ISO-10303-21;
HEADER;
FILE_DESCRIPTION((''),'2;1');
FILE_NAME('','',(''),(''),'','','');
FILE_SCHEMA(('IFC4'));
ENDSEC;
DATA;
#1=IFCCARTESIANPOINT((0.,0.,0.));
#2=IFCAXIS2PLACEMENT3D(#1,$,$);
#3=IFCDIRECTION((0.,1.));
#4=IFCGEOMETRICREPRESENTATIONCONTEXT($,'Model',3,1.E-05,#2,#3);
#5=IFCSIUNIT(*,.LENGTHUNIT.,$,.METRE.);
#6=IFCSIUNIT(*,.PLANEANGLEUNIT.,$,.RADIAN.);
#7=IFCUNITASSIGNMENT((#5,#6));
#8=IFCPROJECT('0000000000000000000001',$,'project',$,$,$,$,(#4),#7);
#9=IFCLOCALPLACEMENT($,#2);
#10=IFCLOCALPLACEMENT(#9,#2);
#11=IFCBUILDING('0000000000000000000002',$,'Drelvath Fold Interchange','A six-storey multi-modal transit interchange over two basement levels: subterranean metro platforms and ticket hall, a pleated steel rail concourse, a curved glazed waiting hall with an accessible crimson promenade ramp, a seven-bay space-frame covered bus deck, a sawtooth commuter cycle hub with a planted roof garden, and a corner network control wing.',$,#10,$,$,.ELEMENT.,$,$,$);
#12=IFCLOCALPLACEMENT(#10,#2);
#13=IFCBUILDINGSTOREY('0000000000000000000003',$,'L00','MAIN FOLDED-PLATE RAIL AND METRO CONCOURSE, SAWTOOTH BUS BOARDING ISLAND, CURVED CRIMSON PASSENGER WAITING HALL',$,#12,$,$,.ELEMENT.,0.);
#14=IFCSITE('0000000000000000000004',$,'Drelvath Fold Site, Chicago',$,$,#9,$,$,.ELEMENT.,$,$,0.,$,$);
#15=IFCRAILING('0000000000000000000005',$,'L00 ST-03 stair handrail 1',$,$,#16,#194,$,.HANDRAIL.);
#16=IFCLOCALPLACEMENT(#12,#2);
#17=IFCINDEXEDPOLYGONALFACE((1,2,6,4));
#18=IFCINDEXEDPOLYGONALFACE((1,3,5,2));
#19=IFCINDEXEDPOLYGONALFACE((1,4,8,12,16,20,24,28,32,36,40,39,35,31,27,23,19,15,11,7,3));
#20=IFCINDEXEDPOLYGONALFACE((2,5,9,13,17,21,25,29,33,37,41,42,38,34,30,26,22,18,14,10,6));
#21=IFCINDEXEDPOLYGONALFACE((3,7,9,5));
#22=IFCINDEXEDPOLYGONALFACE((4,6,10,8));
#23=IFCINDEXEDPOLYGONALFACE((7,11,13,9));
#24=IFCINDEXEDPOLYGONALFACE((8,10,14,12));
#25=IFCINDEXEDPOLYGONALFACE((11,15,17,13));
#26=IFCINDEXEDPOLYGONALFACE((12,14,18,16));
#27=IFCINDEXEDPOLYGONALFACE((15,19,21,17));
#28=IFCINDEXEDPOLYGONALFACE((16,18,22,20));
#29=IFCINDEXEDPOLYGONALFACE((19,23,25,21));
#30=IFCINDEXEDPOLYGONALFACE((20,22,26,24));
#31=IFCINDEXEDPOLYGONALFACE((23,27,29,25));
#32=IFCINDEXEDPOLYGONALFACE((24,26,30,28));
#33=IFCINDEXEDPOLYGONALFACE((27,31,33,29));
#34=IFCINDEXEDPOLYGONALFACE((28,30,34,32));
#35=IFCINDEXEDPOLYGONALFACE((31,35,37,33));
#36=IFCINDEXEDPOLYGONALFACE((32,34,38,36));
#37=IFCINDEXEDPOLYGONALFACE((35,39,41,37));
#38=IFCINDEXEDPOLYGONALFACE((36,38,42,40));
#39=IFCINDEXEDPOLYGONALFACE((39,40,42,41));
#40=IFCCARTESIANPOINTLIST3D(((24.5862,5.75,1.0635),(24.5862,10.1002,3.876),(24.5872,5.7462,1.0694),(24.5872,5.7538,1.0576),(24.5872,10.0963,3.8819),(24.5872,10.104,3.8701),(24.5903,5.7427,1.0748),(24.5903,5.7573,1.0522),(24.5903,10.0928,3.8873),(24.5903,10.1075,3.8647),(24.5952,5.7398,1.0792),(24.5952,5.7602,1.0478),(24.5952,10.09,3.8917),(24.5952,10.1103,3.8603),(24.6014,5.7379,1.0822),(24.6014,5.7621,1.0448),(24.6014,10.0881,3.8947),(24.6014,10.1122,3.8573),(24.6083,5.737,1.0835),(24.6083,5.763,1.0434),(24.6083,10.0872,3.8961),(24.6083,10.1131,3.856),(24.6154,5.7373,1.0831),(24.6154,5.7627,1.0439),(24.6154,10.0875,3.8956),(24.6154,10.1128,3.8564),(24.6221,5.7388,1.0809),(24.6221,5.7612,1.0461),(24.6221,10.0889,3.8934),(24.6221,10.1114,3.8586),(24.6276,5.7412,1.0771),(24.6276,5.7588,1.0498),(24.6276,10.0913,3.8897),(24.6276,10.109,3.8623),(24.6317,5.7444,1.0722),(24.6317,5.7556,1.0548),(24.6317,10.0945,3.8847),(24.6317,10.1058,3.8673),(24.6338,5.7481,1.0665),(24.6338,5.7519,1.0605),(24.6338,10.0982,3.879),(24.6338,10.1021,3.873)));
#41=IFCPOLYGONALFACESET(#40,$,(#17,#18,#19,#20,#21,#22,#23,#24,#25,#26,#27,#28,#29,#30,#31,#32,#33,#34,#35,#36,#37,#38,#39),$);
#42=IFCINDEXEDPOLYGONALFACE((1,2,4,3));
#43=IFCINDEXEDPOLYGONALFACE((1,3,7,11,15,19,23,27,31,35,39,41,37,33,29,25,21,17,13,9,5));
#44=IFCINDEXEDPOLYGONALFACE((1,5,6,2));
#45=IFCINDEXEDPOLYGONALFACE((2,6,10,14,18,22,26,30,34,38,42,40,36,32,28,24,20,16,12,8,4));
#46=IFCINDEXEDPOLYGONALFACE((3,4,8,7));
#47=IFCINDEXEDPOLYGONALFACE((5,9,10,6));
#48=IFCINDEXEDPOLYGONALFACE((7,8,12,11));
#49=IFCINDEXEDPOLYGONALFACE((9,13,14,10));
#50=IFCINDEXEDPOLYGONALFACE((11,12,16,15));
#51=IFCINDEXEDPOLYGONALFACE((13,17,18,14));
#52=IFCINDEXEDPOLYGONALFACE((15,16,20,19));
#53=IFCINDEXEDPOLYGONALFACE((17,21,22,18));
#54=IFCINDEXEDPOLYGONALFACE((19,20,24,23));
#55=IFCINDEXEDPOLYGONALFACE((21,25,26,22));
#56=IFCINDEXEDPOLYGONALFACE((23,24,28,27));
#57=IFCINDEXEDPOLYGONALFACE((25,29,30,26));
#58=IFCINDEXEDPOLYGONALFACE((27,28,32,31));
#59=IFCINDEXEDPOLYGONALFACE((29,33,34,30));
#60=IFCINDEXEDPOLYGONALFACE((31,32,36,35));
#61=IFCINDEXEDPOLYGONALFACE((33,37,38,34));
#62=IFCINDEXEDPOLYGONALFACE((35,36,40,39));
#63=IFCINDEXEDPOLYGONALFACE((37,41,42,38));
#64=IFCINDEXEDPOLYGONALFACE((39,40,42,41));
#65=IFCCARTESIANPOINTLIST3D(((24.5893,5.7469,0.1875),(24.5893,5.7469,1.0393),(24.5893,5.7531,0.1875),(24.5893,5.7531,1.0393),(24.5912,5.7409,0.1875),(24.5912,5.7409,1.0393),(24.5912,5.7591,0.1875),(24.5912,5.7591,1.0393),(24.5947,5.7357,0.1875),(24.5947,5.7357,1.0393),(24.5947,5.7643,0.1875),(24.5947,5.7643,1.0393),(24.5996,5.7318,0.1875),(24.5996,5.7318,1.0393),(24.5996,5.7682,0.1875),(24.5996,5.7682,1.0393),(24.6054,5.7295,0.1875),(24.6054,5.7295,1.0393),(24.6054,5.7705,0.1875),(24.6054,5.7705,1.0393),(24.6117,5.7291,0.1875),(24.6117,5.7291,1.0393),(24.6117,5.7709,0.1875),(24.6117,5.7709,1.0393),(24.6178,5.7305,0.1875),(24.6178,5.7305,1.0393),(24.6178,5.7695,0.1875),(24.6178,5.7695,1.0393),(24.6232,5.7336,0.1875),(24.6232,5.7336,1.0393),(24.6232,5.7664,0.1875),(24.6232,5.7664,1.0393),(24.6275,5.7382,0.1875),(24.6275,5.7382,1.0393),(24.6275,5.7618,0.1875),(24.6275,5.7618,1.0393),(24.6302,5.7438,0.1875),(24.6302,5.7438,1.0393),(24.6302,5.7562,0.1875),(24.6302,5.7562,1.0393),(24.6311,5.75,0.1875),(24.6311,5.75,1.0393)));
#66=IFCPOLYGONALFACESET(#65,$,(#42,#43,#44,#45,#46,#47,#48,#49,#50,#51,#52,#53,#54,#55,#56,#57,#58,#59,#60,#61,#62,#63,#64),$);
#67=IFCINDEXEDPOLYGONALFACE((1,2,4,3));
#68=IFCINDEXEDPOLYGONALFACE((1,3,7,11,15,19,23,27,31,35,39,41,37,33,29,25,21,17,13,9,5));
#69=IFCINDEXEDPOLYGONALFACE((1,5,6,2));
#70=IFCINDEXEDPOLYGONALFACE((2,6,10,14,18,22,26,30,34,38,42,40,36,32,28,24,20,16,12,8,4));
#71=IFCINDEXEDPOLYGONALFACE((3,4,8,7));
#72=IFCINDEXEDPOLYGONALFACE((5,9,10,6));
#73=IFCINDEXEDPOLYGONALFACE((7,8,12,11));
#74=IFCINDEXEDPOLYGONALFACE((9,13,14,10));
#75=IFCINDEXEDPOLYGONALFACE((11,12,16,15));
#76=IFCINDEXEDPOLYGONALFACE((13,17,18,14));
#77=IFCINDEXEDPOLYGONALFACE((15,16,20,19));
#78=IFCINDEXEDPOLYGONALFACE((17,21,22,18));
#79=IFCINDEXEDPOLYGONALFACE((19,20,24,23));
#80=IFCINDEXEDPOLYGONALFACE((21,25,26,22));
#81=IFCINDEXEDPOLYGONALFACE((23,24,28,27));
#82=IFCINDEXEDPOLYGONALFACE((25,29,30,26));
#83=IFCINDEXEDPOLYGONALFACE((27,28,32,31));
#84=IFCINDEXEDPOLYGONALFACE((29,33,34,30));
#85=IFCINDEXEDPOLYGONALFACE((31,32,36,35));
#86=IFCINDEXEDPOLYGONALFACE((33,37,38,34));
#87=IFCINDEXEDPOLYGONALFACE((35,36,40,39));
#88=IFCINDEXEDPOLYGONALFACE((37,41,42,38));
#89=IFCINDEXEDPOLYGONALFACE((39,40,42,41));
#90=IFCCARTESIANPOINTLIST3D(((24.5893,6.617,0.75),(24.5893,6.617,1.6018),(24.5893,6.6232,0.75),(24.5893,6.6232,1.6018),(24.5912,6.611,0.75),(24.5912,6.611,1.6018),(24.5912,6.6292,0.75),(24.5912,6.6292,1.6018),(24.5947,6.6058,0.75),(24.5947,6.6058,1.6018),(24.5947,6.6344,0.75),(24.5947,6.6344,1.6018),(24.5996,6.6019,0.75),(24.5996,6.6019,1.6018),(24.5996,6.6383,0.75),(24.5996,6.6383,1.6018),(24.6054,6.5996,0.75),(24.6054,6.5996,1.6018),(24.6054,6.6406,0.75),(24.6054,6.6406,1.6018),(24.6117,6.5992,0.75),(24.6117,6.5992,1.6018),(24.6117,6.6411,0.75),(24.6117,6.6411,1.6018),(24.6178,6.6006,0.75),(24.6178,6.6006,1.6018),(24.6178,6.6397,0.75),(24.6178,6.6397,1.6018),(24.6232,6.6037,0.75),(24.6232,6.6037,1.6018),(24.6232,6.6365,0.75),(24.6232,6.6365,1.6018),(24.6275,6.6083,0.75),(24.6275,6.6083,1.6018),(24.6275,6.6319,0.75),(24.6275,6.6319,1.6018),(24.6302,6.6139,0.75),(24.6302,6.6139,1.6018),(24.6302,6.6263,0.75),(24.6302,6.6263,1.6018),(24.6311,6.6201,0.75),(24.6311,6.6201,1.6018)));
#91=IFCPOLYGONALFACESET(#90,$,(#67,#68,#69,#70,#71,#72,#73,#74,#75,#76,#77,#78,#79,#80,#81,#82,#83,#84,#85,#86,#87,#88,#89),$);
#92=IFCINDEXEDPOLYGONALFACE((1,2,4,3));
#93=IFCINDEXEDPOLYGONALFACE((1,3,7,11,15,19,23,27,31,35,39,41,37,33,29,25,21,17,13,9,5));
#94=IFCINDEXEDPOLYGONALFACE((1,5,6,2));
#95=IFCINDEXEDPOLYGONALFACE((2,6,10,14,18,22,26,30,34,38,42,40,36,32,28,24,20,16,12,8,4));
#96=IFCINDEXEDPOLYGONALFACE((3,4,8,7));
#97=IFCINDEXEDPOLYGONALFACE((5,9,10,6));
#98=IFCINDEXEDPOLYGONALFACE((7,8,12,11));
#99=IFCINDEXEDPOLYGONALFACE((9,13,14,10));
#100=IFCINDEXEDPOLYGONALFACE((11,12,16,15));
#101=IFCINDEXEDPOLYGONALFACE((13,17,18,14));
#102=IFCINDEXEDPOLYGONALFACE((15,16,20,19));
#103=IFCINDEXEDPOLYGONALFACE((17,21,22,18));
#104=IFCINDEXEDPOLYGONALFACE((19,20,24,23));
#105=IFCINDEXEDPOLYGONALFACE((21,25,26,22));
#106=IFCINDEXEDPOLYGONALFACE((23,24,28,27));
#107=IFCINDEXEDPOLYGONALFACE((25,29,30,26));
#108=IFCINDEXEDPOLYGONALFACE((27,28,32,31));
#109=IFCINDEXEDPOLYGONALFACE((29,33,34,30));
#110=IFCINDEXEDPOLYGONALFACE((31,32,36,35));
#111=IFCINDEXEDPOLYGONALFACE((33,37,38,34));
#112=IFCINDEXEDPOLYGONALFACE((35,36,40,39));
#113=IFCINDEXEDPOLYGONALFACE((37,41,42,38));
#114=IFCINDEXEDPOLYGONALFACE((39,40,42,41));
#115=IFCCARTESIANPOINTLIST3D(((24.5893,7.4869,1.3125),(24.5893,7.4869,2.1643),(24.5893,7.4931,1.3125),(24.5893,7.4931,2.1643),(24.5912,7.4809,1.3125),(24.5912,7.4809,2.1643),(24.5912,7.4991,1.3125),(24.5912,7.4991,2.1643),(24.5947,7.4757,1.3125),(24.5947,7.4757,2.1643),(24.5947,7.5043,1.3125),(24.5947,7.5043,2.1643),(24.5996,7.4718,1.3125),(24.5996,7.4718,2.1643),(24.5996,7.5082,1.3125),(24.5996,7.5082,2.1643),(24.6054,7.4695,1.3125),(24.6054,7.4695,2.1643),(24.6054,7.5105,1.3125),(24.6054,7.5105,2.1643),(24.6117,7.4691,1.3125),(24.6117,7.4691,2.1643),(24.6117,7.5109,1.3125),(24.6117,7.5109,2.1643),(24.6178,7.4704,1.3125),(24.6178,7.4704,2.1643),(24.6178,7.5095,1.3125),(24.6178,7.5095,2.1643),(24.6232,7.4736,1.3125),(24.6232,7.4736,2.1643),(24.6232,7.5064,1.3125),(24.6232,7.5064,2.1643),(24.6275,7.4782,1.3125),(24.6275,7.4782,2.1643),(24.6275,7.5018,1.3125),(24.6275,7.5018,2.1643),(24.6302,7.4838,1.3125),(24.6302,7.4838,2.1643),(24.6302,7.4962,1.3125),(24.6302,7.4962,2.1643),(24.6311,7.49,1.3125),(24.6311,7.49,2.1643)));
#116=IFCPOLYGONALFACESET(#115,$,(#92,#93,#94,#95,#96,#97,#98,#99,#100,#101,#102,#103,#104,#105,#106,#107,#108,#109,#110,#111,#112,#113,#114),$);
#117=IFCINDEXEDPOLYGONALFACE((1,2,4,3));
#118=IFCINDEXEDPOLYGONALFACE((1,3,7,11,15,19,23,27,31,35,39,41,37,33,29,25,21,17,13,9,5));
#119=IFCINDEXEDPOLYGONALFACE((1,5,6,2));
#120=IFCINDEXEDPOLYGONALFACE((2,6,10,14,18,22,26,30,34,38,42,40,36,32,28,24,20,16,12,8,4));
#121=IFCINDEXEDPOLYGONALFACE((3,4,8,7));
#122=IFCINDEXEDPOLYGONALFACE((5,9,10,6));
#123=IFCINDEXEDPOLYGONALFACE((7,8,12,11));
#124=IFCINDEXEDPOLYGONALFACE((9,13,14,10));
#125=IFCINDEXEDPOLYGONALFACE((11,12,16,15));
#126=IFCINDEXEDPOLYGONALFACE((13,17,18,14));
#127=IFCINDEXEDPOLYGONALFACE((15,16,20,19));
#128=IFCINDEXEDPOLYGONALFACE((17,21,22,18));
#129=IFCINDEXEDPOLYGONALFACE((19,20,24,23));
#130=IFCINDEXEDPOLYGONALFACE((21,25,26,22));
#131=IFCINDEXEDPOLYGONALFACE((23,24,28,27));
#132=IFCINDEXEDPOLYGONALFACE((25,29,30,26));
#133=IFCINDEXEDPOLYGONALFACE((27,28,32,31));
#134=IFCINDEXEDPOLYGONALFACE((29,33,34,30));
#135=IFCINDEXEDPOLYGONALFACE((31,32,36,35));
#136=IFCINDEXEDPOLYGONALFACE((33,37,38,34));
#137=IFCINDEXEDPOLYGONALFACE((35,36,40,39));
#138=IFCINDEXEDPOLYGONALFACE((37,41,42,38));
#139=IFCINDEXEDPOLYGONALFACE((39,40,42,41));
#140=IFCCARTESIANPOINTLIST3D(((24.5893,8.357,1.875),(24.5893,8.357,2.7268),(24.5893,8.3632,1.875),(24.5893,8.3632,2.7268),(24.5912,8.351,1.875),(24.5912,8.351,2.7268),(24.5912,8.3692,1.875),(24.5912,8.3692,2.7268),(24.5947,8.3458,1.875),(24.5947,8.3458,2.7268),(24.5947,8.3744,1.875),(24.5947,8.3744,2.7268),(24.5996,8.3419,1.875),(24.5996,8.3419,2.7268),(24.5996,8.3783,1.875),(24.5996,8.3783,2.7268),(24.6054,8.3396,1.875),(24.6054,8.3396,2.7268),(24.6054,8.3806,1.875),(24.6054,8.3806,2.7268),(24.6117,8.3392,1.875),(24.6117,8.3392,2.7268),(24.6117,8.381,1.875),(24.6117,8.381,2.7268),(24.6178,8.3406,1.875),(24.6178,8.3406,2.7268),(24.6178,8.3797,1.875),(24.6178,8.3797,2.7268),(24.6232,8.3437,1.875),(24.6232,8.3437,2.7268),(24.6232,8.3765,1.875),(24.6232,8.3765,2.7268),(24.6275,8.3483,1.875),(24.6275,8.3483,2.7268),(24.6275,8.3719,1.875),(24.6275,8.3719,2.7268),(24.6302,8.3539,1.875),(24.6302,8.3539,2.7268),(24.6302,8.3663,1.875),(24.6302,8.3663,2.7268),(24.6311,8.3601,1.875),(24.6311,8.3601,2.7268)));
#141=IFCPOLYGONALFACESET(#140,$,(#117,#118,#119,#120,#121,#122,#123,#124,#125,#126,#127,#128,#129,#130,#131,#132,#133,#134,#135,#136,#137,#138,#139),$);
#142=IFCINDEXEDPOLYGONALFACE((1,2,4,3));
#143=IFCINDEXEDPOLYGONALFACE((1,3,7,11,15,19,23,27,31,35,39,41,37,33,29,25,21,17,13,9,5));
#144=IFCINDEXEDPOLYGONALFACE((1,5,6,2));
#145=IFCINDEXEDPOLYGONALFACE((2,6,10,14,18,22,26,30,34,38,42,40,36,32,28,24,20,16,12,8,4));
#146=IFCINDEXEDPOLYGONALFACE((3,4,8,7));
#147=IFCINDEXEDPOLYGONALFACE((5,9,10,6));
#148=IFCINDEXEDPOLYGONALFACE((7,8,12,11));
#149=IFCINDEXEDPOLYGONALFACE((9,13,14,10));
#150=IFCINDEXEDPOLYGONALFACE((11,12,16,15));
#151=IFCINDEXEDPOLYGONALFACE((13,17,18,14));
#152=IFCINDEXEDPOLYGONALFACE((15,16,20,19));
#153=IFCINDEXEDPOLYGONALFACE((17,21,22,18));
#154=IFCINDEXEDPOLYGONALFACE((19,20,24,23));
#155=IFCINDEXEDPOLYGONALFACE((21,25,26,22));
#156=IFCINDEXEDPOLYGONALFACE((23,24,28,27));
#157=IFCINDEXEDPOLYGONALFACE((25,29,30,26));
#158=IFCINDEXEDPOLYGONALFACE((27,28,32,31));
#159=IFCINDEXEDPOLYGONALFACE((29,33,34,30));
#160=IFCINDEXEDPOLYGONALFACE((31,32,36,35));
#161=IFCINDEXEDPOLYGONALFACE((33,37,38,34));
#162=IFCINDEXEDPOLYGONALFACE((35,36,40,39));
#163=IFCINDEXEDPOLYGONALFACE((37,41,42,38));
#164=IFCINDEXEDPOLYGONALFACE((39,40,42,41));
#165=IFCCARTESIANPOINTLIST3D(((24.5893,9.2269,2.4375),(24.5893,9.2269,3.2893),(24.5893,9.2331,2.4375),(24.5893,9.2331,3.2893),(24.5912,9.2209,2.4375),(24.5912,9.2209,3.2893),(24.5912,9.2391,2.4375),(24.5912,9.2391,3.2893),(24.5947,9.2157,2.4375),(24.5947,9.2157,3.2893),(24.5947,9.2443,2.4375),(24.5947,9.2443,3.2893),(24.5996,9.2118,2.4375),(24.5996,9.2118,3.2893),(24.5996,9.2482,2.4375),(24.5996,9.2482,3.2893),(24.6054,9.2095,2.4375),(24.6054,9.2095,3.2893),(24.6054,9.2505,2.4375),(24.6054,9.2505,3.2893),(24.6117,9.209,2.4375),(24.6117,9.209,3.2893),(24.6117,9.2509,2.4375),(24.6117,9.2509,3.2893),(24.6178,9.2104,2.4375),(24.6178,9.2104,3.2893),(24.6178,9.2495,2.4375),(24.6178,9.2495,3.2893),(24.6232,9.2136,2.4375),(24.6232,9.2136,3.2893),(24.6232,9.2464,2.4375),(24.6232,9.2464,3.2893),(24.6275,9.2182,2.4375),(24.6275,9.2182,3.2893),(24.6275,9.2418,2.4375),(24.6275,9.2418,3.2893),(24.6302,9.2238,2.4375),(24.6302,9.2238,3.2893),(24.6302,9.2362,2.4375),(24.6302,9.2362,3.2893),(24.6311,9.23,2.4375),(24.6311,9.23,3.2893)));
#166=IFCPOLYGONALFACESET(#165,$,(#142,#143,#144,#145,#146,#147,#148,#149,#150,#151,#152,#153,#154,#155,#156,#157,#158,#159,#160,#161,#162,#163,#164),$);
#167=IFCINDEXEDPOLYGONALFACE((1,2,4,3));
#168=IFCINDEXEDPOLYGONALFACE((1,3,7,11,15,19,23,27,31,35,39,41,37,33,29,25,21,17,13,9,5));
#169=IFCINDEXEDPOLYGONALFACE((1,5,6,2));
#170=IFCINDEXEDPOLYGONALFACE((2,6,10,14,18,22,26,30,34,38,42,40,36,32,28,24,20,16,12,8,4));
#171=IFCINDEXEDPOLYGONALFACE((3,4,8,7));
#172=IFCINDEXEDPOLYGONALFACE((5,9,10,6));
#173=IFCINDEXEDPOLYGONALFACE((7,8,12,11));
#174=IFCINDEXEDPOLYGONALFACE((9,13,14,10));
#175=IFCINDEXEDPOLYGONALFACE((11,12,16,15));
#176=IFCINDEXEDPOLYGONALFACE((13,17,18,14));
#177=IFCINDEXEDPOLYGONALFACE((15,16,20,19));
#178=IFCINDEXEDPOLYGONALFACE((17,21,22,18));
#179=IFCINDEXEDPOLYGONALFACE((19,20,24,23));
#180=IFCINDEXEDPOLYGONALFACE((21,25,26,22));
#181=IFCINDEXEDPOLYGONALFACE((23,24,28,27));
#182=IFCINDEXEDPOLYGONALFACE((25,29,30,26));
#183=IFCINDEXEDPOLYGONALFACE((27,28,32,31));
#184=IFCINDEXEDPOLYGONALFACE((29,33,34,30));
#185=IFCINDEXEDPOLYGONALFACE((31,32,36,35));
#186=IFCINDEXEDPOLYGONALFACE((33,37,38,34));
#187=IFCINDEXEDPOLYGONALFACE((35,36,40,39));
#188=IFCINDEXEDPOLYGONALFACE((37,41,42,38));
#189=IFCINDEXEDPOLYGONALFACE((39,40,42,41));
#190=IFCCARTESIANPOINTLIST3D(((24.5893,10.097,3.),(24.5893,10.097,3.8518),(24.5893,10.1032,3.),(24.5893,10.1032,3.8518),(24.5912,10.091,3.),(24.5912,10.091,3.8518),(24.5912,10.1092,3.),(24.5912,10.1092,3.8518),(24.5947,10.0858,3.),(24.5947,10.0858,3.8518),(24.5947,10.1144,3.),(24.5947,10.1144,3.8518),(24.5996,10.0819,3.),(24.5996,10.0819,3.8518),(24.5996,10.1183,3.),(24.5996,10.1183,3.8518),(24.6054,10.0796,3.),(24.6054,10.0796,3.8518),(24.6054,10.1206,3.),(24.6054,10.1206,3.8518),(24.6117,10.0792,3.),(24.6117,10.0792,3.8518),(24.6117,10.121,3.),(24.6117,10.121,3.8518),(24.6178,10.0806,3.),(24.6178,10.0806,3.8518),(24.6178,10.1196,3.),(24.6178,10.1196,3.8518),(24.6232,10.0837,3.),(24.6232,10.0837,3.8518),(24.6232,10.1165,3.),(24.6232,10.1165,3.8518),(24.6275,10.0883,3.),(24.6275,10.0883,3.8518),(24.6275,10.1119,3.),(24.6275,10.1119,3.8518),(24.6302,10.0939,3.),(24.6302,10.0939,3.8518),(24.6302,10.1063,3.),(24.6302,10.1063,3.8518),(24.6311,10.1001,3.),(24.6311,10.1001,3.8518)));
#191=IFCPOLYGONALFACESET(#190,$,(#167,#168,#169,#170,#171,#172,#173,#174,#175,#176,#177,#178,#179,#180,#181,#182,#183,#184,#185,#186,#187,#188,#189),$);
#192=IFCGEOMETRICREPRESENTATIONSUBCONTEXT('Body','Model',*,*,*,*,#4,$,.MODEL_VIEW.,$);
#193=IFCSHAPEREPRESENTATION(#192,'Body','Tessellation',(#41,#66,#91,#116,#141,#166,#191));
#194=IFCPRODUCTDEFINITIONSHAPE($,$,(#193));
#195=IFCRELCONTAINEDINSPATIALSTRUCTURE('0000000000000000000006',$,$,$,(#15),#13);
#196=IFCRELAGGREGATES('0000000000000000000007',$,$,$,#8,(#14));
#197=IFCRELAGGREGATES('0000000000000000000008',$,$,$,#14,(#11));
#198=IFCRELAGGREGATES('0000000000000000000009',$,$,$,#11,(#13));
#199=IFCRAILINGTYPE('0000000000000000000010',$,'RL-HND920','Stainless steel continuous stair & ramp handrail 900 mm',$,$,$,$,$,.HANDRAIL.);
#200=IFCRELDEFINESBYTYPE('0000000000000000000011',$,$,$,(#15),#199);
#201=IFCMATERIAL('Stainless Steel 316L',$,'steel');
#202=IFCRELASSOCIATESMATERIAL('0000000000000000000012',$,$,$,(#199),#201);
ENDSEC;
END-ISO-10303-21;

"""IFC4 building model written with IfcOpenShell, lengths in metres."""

from ifc_helpers import new_model, si_unit, direction, frame, origin, origin_2d, place, context, subcontext, project, spatial, circle, extrude, material, type_object, element, save


model = new_model("IFC4")

# Units and contexts
model_context = context("Model", 3, precision=1e-05, world=origin(), true_north=direction((0.0, 1.0)))
body_context = subcontext(model_context, "Body", "Model", "MODEL_VIEW")
ifc_project = project(units=[si_unit("LENGTHUNIT", "METRE"), si_unit("PLANEANGLEUNIT", "RADIAN")], contexts=[model_context])

# Site, building, storey
site_placement = place(None, origin())
site = spatial("IfcSite", under=ifc_project, at=site_placement, Name="Drelvath Fold Site, Chicago", CompositionType="ELEMENT", RefElevation=0.0)
building_placement = place(site_placement, origin())
building = spatial("IfcBuilding", under=site, at=building_placement, Name="Drelvath Fold Interchange", Description="A six-storey multi-modal transit interchange over two basement levels: subterranean metro platforms and ticket hall, a pleated steel rail concourse, a curved glazed waiting hall with an accessible crimson promenade ramp, a seven-bay space-frame covered bus deck, a sawtooth commuter cycle hub with a planted roof garden, and a corner network control wing.", CompositionType="ELEMENT")
storey_placement = place(building_placement, origin())
storey = spatial("IfcBuildingStorey", under=building, at=storey_placement, Name="L00", Description="MAIN FOLDED-PLATE RAIL AND METRO CONCOURSE, SAWTOOTH BUS BOARDING ISLAND, CURVED CRIMSON PASSENGER WAITING HALL", CompositionType="ELEMENT", Elevation=0.0)

# Railing
ifc_material_1 = material(Name="Stainless Steel 316L", Category="steel")
railing_type_1 = type_object("IfcRailingType", Name="RL-HND920", Description="Stainless steel continuous stair & ramp handrail 900 mm", PredefinedType="HANDRAIL", material=ifc_material_1)
railing_1_placement = place(storey_placement, frame((24.6101, 5.75, 0.1875)))
element("IfcRailing", 1, at=railing_1_placement, inside=storey, type_object=railing_type_1, Name="L00 ST-03 stair handrail 1", PredefinedType="HANDRAIL", context=body_context, shape_type="SweptSolid", body=[
    extrude(circle(Radius=0.0239, at=origin_2d()), frame((0.0, 0.0, 0.876), z_axis=(0.0, 0.83977, 0.542942), x_axis=(-1.0, 0.0, 0.0)), (0.0, 0.0, 1.0), 5.1802),
    extrude(circle(Radius=0.021, at=origin_2d()), origin(), (0.0, 0.0, 1.0), 0.8518),
    extrude(circle(Radius=0.021, at=origin_2d()), frame((0.0, 0.8701, 0.5625)), (0.0, 0.0, 1.0), 0.8518),
    extrude(circle(Radius=0.021, at=origin_2d()), frame((0.0, 1.74, 1.125)), (0.0, 0.0, 1.0), 0.8518),
    extrude(circle(Radius=0.021, at=origin_2d()), frame((0.0, 2.6101, 1.6875)), (0.0, 0.0, 1.0), 0.8518),
    extrude(circle(Radius=0.021, at=origin_2d()), frame((0.0, 3.48, 2.25)), (0.0, 0.0, 1.0), 0.8518),
    extrude(circle(Radius=0.021, at=origin_2d()), frame((0.0, 4.3501, 2.8125)), (0.0, 0.0, 1.0), 0.8518),
])

save(model, "model.ifc")
